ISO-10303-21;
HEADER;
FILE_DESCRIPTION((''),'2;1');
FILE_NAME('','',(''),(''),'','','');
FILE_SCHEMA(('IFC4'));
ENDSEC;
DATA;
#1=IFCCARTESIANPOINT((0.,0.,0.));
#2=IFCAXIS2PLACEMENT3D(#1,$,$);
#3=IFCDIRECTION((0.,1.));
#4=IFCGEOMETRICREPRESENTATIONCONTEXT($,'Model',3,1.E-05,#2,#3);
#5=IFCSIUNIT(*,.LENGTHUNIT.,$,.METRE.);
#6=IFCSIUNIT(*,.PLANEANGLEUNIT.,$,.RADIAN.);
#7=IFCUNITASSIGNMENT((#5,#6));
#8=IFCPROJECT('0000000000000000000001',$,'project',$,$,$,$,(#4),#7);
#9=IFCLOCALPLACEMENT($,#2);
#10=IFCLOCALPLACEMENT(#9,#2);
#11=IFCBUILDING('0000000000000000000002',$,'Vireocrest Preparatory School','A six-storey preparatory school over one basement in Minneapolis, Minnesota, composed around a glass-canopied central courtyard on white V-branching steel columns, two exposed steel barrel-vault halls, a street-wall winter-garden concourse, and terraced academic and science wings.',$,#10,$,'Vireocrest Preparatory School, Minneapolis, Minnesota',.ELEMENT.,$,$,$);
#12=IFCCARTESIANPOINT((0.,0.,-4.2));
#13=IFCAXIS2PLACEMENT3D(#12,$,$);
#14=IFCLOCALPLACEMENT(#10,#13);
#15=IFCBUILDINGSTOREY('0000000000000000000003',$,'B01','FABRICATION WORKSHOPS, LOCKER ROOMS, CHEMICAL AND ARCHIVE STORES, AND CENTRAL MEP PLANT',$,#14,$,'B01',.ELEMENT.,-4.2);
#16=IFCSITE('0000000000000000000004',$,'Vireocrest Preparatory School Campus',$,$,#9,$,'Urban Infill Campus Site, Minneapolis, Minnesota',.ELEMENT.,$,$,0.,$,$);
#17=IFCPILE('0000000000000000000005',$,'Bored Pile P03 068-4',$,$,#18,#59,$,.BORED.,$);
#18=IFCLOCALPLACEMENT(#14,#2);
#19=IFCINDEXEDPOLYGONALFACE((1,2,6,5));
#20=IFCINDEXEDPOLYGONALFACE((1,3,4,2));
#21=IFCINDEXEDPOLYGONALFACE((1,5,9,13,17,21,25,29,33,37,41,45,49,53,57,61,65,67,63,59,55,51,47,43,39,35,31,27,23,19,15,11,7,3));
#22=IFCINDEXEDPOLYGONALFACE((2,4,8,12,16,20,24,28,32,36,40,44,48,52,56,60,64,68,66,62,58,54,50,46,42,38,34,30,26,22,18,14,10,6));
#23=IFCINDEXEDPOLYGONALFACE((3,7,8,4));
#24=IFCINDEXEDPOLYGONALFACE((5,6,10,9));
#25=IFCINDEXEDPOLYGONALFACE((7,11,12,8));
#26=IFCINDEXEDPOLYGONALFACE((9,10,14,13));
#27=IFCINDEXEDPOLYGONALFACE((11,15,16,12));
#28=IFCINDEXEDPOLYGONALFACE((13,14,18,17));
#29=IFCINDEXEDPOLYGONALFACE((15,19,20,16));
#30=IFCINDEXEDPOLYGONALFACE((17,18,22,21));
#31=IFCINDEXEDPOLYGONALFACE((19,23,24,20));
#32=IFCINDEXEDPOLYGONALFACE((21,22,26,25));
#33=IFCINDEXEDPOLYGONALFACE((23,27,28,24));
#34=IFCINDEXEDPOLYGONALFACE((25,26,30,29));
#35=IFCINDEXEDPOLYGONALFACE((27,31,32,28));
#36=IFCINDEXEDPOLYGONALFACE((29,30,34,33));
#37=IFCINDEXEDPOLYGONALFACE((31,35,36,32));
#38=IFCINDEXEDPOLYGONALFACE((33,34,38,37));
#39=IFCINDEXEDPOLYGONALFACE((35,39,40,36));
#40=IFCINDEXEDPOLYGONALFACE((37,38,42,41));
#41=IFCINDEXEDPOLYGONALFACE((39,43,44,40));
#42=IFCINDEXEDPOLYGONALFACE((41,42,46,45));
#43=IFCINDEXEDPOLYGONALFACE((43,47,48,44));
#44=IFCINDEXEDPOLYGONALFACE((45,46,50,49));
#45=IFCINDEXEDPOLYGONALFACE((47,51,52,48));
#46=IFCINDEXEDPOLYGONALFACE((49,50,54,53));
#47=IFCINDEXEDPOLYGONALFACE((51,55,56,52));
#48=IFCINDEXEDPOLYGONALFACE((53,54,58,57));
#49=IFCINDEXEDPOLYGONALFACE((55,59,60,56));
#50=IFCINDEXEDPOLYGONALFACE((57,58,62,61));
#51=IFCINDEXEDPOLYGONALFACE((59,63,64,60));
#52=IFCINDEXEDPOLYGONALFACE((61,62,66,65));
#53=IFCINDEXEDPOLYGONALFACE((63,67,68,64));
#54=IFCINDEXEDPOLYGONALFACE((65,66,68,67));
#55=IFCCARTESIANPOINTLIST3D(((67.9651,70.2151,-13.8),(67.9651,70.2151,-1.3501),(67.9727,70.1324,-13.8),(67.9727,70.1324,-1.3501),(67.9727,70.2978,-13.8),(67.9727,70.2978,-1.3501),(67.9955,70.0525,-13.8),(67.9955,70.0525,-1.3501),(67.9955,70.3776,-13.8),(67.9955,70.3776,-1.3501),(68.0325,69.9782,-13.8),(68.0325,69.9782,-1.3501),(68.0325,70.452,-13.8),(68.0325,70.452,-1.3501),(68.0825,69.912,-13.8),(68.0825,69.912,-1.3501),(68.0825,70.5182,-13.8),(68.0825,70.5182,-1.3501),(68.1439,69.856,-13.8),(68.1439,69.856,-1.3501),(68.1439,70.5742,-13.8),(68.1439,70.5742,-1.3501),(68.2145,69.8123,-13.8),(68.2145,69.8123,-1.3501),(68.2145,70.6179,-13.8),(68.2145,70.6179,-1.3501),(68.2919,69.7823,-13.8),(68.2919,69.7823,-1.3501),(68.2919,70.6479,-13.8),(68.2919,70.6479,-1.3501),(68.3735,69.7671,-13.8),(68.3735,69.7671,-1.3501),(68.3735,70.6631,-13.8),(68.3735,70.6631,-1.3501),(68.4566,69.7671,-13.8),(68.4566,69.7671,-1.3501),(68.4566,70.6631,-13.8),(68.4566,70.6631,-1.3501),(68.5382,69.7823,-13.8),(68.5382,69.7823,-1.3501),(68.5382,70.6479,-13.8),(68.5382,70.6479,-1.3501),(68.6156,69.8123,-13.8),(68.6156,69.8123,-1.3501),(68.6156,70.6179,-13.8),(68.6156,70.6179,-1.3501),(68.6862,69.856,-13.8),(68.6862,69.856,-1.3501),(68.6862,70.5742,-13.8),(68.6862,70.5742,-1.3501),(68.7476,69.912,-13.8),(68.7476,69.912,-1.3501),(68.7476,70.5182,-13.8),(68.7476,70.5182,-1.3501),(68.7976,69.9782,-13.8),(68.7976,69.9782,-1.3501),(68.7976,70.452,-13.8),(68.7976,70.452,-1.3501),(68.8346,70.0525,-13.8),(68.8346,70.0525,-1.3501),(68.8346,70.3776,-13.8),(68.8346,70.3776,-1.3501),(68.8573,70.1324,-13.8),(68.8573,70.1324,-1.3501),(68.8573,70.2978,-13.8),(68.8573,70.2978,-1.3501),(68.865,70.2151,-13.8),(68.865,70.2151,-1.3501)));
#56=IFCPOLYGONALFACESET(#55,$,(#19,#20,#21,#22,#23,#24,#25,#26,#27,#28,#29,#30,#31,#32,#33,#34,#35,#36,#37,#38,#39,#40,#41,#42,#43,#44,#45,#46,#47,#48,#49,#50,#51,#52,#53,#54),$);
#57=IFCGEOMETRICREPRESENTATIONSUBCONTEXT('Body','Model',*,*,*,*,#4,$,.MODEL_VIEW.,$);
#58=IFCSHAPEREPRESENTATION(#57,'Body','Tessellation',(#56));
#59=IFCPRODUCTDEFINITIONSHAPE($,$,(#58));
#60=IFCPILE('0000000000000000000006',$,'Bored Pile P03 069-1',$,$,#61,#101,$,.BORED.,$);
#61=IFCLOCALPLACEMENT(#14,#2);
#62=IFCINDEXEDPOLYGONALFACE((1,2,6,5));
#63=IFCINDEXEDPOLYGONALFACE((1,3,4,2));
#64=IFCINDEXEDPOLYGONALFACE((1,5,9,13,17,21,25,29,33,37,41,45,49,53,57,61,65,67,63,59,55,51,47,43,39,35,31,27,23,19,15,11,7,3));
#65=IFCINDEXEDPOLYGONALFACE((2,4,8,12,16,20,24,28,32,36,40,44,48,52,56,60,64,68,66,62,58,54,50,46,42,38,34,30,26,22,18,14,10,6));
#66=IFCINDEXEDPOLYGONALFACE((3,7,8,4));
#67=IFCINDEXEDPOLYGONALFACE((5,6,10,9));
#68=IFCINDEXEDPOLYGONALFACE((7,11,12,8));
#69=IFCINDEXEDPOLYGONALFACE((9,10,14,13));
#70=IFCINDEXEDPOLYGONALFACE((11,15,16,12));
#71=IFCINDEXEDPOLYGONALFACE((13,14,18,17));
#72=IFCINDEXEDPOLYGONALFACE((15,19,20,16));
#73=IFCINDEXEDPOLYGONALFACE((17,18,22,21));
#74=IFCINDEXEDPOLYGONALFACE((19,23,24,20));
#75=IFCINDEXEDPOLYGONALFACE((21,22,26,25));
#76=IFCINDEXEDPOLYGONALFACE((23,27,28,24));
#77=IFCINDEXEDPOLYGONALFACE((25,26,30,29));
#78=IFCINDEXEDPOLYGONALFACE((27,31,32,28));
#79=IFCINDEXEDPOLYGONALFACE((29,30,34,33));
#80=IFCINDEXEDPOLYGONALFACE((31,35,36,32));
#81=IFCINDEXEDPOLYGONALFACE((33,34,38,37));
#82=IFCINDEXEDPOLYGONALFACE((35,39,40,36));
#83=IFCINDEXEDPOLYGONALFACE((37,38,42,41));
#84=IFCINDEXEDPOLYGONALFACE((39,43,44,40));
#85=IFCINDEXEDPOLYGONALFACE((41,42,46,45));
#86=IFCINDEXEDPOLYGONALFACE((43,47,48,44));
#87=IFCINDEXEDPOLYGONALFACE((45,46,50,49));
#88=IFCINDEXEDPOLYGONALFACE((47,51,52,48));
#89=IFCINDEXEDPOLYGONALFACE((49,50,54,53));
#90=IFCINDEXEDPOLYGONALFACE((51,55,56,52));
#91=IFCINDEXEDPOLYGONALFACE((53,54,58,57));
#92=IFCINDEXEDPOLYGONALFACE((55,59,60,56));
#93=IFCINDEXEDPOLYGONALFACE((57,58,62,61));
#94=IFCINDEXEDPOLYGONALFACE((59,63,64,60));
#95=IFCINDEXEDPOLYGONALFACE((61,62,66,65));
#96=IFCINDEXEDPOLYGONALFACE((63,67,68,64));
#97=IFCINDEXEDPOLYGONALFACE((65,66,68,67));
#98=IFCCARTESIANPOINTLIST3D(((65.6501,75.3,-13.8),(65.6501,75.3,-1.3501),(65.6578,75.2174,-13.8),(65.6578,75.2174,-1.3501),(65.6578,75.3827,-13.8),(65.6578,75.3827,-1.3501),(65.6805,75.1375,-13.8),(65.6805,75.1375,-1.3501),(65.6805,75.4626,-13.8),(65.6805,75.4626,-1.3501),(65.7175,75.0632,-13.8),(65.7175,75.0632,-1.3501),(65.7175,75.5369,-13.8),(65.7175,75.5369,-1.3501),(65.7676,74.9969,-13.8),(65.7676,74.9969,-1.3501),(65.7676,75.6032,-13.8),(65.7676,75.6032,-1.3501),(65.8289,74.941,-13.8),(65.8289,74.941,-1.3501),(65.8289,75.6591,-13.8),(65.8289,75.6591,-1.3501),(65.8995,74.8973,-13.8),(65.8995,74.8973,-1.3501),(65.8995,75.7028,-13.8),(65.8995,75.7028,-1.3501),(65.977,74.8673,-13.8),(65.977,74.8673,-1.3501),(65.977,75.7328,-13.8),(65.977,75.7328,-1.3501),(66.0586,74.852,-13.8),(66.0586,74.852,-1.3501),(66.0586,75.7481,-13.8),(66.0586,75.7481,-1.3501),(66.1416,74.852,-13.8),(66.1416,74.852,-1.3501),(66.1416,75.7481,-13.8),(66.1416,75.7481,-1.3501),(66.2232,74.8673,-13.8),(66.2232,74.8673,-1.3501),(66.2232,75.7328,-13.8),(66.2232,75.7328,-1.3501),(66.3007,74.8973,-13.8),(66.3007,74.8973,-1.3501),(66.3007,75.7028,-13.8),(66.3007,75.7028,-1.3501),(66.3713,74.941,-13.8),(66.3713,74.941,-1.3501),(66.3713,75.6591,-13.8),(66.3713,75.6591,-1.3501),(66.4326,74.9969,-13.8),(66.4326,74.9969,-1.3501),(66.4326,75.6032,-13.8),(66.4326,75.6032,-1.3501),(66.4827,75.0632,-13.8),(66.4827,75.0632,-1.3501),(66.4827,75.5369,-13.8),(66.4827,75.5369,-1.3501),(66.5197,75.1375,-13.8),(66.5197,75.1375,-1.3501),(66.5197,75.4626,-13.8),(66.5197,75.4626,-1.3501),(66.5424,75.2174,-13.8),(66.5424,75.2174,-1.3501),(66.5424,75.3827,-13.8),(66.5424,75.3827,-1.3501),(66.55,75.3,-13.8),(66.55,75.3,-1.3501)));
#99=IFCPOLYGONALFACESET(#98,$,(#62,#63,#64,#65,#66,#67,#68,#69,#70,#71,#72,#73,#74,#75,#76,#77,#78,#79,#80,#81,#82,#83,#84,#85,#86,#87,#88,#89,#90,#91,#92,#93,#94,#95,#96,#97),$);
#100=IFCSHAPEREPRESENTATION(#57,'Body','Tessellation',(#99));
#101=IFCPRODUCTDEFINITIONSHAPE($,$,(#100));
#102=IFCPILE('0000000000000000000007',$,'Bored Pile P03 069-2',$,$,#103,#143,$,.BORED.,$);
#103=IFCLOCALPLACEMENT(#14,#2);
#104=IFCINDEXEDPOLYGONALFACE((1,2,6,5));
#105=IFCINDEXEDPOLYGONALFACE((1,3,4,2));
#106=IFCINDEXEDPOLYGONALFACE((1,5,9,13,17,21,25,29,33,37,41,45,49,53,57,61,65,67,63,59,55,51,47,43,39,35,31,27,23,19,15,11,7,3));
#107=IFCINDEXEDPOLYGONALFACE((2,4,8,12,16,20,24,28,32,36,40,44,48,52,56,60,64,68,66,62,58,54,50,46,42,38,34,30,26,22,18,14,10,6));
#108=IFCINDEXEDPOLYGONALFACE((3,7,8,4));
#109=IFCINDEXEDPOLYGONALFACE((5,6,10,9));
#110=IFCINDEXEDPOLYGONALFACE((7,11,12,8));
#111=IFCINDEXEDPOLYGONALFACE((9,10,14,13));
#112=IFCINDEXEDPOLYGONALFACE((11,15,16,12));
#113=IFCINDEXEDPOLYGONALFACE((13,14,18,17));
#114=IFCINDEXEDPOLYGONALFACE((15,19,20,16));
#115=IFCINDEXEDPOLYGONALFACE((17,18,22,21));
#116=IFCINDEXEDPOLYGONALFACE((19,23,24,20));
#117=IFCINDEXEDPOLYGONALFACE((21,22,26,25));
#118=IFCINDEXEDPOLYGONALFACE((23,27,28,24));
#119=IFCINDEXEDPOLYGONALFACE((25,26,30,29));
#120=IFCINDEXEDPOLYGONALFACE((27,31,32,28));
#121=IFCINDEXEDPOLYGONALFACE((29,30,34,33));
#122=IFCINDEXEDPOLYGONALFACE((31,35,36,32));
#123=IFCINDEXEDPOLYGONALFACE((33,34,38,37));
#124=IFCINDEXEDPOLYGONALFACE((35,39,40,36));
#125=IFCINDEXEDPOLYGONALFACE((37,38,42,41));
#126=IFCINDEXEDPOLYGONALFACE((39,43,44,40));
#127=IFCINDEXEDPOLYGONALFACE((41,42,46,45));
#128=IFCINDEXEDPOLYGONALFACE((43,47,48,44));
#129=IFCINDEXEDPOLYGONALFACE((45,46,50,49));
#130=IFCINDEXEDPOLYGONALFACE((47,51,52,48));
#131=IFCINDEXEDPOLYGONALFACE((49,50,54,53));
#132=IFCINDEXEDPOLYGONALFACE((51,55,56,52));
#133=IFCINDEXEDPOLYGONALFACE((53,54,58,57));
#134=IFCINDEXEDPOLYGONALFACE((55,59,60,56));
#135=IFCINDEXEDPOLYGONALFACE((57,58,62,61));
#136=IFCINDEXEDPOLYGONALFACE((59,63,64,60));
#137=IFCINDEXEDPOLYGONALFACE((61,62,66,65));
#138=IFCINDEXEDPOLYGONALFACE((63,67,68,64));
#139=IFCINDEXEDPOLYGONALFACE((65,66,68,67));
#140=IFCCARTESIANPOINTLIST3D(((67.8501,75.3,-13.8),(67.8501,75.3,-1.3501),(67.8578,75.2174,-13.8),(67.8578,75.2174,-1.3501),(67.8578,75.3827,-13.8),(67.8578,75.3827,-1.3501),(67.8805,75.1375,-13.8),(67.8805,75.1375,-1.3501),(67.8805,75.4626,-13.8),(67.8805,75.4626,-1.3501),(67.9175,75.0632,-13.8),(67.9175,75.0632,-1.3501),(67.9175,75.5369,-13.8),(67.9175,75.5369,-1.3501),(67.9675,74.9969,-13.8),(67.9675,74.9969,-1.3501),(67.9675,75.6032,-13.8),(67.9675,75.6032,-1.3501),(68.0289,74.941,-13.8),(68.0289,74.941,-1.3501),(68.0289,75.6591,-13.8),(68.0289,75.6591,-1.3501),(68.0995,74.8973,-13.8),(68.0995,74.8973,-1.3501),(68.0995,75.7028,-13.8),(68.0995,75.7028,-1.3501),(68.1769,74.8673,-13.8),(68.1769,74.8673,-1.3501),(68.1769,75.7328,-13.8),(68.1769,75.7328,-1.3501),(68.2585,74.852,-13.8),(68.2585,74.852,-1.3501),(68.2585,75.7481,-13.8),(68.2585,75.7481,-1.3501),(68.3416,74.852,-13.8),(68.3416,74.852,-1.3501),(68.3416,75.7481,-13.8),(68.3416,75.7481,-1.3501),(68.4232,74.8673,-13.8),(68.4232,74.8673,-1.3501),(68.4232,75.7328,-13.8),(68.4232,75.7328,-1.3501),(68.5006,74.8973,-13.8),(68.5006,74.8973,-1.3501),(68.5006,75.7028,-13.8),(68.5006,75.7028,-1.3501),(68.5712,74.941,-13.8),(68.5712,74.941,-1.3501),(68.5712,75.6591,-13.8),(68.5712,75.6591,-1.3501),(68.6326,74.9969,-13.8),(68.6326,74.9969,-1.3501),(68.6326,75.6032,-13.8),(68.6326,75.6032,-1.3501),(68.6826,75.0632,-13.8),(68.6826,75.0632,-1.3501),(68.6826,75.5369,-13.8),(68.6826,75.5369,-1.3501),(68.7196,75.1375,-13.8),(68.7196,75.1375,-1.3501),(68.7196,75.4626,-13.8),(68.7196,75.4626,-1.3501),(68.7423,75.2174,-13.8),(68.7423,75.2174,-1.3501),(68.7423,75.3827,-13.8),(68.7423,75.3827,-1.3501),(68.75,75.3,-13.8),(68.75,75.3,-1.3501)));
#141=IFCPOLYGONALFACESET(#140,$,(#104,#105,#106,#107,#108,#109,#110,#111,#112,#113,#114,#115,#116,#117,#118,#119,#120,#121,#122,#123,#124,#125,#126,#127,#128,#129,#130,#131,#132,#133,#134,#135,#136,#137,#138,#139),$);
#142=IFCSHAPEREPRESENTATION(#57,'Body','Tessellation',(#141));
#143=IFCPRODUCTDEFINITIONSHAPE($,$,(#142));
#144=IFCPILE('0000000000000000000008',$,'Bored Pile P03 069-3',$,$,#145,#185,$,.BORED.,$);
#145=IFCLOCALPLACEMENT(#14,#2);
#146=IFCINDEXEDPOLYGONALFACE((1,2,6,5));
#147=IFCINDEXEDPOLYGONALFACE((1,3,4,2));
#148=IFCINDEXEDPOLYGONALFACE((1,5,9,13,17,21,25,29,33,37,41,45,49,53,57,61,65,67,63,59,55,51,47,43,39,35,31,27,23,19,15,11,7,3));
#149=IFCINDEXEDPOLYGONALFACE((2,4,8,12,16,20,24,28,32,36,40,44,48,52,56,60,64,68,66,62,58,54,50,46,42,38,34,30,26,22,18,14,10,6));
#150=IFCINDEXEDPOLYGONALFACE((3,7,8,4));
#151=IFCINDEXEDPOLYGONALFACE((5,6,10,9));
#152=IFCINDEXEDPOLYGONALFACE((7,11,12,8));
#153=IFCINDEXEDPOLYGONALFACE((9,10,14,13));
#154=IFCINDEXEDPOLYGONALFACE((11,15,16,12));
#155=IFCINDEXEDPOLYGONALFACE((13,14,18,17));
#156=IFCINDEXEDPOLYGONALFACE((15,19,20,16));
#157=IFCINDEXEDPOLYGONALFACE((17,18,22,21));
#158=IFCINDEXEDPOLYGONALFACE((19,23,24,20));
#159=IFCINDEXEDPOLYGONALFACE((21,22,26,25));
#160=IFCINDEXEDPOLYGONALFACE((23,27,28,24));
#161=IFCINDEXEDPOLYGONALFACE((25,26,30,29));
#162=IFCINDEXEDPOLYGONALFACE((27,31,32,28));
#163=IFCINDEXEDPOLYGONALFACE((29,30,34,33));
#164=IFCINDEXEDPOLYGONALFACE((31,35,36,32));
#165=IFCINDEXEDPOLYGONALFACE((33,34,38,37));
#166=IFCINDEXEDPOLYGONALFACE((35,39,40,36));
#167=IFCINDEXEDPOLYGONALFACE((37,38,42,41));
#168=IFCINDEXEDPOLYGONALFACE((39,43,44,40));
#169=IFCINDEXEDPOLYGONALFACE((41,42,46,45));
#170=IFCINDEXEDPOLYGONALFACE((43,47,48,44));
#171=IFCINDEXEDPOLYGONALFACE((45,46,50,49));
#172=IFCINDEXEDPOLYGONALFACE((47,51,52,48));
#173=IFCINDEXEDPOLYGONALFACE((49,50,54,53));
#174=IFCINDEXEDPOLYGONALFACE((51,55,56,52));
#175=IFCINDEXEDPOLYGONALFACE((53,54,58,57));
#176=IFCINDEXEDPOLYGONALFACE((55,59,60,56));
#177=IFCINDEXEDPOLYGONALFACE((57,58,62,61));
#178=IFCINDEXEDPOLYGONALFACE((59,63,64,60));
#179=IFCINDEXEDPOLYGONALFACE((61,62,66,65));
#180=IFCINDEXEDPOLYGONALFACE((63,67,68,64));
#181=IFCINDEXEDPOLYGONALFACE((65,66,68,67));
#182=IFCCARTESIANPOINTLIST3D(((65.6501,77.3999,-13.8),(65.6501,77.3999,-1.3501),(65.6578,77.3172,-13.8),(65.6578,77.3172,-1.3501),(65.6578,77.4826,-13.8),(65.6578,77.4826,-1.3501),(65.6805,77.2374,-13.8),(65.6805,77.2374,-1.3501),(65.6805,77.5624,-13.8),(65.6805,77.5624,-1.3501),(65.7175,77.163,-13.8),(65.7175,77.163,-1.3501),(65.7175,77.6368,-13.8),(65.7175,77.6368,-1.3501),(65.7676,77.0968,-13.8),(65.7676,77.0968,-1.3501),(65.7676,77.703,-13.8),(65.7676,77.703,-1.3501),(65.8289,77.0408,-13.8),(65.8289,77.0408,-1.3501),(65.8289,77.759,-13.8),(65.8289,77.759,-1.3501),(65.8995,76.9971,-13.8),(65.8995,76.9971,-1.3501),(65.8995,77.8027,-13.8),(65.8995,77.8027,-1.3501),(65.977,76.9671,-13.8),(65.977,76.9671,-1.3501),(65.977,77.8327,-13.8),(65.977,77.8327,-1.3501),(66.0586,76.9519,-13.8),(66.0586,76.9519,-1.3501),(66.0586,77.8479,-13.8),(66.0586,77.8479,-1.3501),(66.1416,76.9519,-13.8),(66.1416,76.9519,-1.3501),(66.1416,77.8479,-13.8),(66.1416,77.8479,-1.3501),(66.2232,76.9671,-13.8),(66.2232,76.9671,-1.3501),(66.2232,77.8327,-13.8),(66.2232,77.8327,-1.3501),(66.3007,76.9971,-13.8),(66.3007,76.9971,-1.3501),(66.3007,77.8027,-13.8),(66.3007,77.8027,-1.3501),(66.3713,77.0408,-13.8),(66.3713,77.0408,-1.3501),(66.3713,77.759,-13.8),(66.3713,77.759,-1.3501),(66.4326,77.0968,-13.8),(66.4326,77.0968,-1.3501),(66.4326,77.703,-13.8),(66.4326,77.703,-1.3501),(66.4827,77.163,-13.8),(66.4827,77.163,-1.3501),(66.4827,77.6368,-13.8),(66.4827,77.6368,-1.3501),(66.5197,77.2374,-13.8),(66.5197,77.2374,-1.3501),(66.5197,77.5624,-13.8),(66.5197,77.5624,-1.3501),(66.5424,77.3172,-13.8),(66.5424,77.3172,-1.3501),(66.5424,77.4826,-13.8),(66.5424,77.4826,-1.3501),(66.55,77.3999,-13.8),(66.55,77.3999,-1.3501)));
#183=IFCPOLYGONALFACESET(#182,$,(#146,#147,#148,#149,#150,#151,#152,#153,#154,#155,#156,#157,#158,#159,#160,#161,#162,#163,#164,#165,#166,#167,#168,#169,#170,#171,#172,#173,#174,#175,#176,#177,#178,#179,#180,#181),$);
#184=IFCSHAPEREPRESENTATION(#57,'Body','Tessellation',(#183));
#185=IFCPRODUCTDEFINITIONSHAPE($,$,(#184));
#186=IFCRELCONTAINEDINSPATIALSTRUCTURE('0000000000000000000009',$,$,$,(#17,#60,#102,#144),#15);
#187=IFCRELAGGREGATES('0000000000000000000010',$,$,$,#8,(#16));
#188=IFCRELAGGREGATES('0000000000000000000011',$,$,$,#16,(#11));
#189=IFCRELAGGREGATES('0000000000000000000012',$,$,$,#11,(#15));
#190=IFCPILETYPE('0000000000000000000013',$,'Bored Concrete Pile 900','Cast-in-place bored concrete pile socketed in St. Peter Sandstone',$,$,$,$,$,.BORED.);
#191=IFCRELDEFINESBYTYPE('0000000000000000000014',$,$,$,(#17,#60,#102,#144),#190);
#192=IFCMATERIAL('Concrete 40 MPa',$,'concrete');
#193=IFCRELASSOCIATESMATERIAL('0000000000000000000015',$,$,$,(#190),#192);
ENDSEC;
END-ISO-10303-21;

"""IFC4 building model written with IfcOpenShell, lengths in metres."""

from ifc_helpers import new_model, si_unit, direction, frame, origin, origin_2d, place, context, subcontext, project, spatial, circle, extrude, material, material_profile, profile_set, type_object, element, save


model = new_model("IFC4")

# Units and contexts
model_context = context("Model", 3, precision=1e-05, world=origin(), true_north=direction((0.0, 1.0)))
body_context = subcontext(model_context, "Body", "Model", "MODEL_VIEW")
ifc_project = project(units=[si_unit("LENGTHUNIT", "METRE"), si_unit("PLANEANGLEUNIT", "RADIAN")], contexts=[model_context])

# Site, building, storey
site_placement = place(None, origin())
site = spatial("IfcSite", under=ifc_project, at=site_placement, Name="Vireocrest Preparatory School Campus", LongName="Urban Infill Campus Site, Minneapolis, Minnesota", CompositionType="ELEMENT", RefElevation=0.0)
building_placement = place(site_placement, origin())
building = spatial("IfcBuilding", under=site, at=building_placement, Name="Vireocrest Preparatory School", Description="A six-storey preparatory school over one basement in Minneapolis, Minnesota, composed around a glass-canopied central courtyard on white V-branching steel columns, two exposed steel barrel-vault halls, a street-wall winter-garden concourse, and terraced academic and science wings.", LongName="Vireocrest Preparatory School, Minneapolis, Minnesota", CompositionType="ELEMENT")
storey_placement = place(building_placement, frame((0.0, 0.0, -4.2)))
storey = spatial("IfcBuildingStorey", under=building, at=storey_placement, Name="B01", Description="FABRICATION WORKSHOPS, LOCKER ROOMS, CHEMICAL AND ARCHIVE STORES, AND CENTRAL MEP PLANT", LongName="B01", CompositionType="ELEMENT", Elevation=-4.2)

# Piles
ifc_material_1 = material(Name="Concrete 40 MPa", Category="concrete")
ifc_material_profile_1 = material_profile(ifc_material_1, circle(Radius=0.45, at=origin_2d()), Name="BORED PILE 900")
ifc_profile_set_1 = profile_set([ifc_material_profile_1], Name="Concrete 40 MPa")
pile_type_1 = type_object("IfcPileType", Name="Bored Concrete Pile 900", Description="Cast-in-place bored concrete pile socketed in St. Peter Sandstone", PredefinedType="BORED", material=ifc_profile_set_1)
for number, where, z_axis, x_axis, name in (
    (1, (68.415, 70.2151, -1.3501), (0.0, 0.0, -1.0), (1.0, 0.0, 0.0), "Bored Pile P03 068-4"),
    (2, (66.1001, 75.3, -1.3501), (0.0, 0.0, -1.0), (1.0, 0.0, 0.0), "Bored Pile P03 069-1"),
    (3, (68.3, 75.3, -1.3501), (0.0, 0.0, -1.0), (1.0, 0.0, 0.0), "Bored Pile P03 069-2"),
    (4, (66.1001, 77.3999, -1.3501), (0.0, 0.0, -1.0), (1.0, 0.0, 0.0), "Bored Pile P03 069-3"),
):
    element("IfcPile", number, at=place(storey_placement, frame(where, z_axis=z_axis, x_axis=x_axis)), inside=storey, type_object=pile_type_1, Name=name, PredefinedType="BORED", context=body_context, shape_type="SweptSolid", body=[
        extrude(circle(Radius=0.45, at=origin_2d()), origin(), (0.0, 0.0, 1.0), 12.45),
    ])

save(model, "model.ifc")
